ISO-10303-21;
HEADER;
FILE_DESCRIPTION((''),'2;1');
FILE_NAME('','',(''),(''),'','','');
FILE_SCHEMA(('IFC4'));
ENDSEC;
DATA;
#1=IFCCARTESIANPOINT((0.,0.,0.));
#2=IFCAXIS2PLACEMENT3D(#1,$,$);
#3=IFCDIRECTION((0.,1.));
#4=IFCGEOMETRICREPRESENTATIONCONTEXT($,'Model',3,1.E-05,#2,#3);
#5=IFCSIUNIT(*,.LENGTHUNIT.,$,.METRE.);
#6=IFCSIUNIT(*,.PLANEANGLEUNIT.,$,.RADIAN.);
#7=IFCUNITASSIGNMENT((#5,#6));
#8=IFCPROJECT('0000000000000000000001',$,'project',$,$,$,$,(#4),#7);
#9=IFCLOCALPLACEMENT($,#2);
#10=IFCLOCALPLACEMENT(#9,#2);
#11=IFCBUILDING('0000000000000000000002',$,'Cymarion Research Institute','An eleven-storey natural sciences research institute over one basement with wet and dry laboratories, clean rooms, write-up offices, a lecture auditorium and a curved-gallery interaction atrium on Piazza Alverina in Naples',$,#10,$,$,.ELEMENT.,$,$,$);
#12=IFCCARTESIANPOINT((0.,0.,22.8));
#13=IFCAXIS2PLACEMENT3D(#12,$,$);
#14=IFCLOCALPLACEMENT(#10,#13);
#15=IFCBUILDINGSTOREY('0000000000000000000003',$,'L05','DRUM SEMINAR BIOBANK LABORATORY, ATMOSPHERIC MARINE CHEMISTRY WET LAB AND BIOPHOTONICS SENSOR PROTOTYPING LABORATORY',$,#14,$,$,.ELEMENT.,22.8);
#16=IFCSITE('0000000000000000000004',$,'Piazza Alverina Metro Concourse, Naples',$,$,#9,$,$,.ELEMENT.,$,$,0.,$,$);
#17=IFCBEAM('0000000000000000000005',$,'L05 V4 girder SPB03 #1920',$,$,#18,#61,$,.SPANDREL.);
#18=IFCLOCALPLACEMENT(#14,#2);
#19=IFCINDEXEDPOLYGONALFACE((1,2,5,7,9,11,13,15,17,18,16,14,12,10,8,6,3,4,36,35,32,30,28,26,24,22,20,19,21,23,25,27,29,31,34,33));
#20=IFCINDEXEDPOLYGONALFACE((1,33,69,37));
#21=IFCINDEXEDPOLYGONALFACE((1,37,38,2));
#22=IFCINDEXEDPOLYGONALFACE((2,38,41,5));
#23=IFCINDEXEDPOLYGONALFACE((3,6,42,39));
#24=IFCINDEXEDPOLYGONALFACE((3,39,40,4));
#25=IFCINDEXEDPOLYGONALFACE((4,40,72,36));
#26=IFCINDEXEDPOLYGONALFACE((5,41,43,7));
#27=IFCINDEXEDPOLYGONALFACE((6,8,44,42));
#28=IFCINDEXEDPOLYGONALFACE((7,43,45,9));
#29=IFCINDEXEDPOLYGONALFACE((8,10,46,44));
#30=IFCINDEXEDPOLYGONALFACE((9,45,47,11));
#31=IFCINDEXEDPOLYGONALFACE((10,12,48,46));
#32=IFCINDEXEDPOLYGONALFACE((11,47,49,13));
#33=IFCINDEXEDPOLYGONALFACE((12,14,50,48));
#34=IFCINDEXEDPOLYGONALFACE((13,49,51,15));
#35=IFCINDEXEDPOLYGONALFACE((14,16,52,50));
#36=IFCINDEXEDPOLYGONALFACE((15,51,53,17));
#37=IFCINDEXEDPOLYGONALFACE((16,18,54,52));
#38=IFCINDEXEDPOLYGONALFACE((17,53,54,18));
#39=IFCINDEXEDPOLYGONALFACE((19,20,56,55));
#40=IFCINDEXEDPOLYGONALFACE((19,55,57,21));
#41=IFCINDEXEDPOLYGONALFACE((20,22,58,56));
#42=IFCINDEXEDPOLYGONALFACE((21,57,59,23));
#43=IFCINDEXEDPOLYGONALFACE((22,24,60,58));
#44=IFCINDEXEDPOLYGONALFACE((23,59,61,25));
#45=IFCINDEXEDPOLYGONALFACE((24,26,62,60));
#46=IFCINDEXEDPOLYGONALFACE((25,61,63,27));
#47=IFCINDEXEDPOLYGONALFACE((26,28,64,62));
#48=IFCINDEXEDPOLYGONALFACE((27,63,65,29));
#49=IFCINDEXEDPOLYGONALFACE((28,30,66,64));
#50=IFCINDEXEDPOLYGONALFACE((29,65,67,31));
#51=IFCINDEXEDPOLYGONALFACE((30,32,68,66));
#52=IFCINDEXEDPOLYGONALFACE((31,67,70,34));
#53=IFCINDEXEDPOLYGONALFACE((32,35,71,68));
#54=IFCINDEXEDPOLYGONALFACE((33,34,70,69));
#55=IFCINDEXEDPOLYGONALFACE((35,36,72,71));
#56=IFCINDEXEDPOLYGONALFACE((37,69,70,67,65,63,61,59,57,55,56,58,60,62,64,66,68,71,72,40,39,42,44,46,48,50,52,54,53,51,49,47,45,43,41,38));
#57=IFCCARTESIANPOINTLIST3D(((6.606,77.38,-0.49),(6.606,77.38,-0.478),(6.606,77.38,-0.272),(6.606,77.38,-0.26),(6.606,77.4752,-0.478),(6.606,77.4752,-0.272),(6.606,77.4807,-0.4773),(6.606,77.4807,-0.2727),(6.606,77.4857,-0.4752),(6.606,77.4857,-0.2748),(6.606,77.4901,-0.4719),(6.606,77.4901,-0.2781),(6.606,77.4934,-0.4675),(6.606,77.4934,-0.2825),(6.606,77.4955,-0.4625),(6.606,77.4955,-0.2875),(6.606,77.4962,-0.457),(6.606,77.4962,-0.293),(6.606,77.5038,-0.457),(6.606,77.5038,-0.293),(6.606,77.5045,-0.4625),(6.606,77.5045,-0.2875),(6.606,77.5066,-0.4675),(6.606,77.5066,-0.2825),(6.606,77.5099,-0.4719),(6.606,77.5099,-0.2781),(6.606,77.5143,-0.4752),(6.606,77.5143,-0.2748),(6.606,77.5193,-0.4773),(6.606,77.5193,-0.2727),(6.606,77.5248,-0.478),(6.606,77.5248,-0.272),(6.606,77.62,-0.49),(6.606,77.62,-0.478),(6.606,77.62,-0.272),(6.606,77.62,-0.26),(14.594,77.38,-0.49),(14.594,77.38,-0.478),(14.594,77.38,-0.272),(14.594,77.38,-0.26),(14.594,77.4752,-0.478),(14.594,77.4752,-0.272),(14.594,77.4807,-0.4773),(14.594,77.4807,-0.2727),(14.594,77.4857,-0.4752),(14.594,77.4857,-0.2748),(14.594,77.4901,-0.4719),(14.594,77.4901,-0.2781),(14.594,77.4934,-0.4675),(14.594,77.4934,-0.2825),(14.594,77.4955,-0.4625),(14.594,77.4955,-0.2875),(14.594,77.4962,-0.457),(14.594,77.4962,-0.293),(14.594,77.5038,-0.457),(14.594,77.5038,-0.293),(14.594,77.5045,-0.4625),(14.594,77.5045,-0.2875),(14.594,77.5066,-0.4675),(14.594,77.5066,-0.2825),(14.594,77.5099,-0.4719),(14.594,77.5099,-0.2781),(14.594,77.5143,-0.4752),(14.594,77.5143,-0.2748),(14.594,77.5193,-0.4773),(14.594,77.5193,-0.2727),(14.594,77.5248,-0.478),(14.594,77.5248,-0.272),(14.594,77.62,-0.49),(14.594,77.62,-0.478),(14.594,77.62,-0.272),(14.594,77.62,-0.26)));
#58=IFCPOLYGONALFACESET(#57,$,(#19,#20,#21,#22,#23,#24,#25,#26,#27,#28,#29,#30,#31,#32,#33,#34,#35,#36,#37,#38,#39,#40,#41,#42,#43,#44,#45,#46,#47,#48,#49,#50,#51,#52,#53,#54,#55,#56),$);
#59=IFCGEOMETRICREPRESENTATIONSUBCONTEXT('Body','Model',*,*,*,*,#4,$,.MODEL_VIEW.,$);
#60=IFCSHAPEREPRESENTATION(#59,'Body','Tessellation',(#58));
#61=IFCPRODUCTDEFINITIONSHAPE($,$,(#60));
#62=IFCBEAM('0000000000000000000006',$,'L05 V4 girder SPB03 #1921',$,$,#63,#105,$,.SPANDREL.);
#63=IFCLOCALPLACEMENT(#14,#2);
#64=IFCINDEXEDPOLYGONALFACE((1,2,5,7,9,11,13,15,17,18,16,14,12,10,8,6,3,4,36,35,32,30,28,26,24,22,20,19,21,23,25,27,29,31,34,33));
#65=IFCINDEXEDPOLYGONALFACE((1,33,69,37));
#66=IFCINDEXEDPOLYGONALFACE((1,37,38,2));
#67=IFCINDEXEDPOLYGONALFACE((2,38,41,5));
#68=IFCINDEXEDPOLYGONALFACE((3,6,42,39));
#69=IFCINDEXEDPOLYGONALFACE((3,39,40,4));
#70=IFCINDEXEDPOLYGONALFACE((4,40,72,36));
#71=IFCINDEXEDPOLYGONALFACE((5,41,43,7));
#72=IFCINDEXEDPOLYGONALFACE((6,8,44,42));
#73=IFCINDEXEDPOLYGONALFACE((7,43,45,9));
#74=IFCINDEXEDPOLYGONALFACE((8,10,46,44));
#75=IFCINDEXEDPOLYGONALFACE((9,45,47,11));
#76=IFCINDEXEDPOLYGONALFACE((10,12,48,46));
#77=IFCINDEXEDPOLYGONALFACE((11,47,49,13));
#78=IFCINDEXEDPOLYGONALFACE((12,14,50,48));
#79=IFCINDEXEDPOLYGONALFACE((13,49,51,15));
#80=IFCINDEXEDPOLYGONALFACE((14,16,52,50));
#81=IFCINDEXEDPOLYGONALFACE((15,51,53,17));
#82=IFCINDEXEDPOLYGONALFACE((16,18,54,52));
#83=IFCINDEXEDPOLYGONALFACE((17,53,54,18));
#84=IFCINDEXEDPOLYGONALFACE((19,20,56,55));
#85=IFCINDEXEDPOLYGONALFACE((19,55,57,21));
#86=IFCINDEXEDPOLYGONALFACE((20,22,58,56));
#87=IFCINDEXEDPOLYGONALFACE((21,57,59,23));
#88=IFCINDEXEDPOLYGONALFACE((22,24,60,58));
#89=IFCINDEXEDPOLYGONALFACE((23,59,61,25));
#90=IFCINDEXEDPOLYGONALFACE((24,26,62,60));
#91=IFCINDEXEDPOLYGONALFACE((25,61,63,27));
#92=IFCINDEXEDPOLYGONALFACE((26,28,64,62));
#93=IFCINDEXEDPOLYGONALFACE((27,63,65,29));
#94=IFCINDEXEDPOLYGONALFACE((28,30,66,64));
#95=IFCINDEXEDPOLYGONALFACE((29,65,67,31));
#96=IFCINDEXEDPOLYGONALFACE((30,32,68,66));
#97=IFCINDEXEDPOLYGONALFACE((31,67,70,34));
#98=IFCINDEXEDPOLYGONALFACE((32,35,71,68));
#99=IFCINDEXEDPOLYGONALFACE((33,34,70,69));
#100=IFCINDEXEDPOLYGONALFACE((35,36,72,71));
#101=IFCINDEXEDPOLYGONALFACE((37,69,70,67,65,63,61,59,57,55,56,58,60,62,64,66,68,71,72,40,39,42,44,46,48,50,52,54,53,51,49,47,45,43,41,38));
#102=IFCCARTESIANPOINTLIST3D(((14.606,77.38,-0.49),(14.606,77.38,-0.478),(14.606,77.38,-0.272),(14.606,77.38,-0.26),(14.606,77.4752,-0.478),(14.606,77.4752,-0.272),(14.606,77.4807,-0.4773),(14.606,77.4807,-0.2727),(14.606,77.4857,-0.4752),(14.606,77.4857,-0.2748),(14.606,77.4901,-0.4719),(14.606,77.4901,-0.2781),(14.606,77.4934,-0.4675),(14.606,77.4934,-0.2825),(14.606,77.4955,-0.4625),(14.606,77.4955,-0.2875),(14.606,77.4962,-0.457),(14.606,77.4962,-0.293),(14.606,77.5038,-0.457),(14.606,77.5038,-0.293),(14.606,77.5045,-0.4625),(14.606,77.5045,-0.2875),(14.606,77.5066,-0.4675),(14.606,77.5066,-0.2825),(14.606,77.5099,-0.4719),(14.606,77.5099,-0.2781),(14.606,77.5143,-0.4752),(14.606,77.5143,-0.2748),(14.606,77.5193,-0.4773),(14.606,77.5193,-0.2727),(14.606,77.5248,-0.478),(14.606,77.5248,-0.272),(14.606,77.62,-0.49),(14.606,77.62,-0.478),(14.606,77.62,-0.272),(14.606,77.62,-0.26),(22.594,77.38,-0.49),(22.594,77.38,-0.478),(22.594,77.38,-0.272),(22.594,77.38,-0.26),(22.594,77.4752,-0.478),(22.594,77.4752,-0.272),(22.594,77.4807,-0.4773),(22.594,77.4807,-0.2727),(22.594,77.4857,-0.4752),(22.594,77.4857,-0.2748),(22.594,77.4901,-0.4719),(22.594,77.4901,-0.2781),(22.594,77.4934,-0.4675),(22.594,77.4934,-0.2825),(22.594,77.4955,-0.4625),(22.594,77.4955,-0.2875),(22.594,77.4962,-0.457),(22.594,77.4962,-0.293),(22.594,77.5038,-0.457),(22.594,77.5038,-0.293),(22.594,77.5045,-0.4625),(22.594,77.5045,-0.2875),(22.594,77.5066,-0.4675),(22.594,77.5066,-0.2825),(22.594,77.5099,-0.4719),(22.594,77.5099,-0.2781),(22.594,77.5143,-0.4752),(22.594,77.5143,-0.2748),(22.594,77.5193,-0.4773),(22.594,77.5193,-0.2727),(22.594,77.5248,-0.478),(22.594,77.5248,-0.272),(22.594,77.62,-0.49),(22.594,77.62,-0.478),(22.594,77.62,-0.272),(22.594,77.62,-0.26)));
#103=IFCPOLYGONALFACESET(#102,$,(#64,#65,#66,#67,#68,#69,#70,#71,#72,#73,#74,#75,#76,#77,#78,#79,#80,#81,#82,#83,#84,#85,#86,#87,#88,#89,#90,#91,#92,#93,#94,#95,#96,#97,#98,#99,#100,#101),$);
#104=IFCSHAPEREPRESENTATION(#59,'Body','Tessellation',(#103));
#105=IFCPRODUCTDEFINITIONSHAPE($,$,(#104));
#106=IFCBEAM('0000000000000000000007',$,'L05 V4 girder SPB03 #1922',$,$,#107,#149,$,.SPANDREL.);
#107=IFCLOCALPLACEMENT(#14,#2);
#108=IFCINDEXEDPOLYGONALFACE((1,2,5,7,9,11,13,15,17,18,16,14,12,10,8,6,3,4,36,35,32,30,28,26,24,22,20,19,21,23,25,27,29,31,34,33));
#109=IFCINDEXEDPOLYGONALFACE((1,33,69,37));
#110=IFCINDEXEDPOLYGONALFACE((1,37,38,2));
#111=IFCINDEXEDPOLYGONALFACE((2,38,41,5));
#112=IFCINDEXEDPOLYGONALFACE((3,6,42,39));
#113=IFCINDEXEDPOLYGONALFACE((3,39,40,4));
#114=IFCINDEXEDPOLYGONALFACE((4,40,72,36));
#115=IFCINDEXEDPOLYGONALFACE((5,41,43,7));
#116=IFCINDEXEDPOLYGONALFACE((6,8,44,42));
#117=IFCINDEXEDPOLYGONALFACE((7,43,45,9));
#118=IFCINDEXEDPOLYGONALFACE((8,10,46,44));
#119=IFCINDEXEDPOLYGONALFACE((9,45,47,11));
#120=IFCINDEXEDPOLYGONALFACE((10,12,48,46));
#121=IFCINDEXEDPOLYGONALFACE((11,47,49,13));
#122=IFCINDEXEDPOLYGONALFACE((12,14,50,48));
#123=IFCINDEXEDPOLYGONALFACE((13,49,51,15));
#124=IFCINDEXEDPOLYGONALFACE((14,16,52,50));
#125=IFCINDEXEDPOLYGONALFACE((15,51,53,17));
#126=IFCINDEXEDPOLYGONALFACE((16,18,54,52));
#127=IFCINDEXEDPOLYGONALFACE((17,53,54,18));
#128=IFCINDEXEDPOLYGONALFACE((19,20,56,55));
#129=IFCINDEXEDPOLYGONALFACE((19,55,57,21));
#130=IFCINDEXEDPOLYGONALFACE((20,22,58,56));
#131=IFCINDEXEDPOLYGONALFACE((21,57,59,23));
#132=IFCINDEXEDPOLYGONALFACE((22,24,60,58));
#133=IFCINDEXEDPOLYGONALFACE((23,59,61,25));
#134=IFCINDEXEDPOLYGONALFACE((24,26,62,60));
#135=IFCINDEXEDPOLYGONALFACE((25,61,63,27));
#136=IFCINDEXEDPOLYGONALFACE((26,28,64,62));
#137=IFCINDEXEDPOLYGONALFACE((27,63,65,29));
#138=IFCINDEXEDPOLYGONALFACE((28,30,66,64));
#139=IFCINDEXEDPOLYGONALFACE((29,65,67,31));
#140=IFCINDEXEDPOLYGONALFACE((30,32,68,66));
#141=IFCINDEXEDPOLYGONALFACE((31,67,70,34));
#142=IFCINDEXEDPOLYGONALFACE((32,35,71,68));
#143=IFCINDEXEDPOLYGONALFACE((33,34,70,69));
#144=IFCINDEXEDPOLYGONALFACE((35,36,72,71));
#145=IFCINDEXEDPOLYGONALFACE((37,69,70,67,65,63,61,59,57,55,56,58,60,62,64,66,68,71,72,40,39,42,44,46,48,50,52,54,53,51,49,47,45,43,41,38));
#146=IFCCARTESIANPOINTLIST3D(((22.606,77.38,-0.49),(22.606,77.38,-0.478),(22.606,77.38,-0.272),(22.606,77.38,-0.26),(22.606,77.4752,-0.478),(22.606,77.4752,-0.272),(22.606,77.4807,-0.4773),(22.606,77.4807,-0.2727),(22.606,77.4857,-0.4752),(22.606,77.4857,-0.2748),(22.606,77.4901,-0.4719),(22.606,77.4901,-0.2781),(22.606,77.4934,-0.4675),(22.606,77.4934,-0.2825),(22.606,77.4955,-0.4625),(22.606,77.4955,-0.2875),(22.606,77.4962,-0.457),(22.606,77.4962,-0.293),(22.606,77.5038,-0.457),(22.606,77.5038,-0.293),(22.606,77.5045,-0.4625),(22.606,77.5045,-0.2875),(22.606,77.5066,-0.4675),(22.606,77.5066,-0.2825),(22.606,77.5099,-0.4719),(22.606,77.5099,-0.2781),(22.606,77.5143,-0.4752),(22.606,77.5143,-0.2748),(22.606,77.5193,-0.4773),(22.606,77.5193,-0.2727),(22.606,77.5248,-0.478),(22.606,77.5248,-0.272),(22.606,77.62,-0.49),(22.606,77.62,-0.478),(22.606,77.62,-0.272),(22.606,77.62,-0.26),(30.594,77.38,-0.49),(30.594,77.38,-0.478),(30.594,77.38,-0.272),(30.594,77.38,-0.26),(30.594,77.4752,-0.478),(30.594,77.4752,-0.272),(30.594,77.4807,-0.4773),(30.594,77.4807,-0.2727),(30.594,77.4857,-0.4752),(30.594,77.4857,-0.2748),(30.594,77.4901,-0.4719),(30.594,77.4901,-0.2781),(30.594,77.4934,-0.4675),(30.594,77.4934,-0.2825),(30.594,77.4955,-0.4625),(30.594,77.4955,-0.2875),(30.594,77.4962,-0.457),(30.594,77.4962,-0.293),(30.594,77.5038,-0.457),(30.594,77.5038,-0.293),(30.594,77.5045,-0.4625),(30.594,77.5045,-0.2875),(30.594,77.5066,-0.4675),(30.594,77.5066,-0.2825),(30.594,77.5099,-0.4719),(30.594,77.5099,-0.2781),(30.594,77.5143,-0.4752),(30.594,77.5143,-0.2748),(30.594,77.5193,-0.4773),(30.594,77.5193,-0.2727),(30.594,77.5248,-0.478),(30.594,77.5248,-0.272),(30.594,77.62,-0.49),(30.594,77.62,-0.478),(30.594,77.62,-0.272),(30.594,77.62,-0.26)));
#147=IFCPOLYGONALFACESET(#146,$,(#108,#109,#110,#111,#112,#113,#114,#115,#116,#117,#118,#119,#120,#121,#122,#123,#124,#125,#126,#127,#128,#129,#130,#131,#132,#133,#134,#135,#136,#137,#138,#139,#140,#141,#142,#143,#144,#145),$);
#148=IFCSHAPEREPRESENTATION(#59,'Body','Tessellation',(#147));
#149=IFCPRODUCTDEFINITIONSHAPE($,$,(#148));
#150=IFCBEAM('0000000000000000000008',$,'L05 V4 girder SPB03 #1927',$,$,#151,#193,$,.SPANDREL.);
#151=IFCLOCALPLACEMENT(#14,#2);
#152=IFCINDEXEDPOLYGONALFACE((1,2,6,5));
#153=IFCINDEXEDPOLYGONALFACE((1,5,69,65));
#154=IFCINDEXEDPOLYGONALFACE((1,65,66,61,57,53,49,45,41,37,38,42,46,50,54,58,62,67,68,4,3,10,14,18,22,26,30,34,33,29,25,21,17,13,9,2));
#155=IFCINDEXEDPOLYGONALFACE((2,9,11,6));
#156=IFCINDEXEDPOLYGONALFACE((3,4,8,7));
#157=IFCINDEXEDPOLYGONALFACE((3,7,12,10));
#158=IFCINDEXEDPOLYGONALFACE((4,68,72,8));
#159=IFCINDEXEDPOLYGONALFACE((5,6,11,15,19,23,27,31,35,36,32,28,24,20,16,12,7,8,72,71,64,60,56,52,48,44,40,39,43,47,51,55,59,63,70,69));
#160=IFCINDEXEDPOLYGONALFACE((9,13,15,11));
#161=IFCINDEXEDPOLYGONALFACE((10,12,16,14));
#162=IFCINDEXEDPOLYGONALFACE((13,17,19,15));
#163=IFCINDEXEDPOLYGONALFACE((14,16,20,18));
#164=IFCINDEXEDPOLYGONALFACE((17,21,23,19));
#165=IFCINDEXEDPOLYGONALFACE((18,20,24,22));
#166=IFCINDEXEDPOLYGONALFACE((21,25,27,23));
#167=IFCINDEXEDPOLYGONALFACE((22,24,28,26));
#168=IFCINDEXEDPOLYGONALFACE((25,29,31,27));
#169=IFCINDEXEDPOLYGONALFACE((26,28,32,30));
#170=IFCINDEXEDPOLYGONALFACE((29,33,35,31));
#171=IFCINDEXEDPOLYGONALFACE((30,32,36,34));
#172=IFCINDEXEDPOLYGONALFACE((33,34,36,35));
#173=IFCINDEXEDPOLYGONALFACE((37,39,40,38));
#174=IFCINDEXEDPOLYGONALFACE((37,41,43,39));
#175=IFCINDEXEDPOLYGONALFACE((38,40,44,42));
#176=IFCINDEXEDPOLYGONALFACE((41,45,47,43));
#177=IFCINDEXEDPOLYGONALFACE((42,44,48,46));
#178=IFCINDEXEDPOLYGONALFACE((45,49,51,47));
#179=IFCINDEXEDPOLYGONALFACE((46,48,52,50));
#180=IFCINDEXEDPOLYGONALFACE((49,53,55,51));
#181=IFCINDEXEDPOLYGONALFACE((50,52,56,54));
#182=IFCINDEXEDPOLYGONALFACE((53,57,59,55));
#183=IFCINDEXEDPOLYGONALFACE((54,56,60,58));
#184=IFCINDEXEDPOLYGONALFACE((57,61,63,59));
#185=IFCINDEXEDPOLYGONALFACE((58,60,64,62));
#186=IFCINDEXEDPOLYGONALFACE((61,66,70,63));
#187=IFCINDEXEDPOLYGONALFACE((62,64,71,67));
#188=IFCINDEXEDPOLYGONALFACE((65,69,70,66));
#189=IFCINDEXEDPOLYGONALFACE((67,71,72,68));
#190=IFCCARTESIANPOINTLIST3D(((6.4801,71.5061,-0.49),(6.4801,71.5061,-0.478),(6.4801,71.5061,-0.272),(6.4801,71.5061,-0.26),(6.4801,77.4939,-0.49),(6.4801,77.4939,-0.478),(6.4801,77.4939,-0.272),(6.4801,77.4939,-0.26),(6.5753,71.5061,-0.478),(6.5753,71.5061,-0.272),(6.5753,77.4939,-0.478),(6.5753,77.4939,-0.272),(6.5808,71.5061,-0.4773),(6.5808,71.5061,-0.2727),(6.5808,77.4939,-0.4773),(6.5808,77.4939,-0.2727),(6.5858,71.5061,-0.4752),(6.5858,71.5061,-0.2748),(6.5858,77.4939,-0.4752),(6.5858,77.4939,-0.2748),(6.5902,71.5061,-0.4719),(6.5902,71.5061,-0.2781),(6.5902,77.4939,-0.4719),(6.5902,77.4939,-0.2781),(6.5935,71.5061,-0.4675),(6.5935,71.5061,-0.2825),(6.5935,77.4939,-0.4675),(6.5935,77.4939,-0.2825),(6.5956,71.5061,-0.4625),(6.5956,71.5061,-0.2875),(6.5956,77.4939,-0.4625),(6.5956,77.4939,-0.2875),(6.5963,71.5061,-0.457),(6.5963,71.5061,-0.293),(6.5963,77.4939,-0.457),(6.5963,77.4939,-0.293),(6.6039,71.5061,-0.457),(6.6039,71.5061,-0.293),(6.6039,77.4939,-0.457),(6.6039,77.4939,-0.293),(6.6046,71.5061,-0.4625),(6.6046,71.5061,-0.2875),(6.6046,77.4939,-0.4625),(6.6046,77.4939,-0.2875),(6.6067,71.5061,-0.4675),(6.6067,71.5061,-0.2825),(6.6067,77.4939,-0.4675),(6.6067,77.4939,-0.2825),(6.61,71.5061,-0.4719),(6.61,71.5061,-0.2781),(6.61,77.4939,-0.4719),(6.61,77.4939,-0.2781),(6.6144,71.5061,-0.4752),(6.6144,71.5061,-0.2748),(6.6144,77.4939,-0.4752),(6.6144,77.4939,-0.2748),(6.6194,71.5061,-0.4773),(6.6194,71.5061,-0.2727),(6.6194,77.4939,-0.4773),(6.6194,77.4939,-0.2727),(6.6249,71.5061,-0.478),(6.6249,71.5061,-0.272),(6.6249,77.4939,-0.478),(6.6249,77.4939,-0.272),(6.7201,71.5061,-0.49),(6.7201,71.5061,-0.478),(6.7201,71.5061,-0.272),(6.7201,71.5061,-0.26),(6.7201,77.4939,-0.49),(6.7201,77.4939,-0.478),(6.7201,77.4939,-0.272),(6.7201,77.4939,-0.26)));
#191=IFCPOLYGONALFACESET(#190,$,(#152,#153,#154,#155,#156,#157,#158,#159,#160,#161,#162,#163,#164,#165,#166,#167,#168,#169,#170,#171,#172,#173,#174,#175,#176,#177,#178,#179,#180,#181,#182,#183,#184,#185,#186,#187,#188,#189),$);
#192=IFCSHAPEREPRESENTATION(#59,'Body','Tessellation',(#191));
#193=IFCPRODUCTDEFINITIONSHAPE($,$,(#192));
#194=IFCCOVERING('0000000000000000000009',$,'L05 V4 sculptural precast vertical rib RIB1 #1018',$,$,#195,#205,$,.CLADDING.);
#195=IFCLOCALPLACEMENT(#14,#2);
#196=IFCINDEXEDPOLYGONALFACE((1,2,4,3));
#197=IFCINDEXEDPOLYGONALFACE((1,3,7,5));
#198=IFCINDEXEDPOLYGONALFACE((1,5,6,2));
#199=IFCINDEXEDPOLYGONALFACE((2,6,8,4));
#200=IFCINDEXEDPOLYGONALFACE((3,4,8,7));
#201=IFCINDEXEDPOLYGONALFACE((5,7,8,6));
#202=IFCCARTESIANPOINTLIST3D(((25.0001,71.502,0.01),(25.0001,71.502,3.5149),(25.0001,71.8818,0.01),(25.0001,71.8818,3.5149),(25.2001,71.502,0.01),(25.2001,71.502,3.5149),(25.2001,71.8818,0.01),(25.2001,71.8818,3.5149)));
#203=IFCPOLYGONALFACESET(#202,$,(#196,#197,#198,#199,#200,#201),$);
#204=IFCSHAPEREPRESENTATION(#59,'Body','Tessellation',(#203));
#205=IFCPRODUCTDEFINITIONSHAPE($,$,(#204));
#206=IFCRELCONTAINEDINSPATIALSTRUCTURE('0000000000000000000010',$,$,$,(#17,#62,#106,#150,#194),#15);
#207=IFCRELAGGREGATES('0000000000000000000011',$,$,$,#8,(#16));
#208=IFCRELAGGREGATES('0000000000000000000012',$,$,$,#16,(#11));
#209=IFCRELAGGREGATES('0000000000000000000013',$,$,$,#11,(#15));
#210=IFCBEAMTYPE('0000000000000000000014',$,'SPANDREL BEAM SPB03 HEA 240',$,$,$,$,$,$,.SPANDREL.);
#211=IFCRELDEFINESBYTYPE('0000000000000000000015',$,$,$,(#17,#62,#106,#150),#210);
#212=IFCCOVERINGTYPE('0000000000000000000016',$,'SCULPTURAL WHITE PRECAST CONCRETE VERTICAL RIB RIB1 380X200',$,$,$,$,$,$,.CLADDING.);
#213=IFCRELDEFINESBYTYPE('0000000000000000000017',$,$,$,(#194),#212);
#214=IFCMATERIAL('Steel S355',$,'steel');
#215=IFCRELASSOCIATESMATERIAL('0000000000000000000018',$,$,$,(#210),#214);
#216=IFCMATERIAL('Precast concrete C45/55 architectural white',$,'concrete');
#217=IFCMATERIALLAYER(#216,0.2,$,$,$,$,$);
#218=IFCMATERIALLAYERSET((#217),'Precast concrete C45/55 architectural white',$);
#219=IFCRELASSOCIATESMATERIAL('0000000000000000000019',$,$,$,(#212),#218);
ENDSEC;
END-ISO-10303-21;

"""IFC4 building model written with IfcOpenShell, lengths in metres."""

from ifc_helpers import new_model, si_unit, direction, frame, origin, origin_2d, place, context, subcontext, project, spatial, rectangle, i_section, extrude, material, layer, layer_set, material_profile, profile_set, type_object, element, save


model = new_model("IFC4")

# Units and contexts
model_context = context("Model", 3, precision=1e-05, world=origin(), true_north=direction((0.0, 1.0)))
body_context = subcontext(model_context, "Body", "Model", "MODEL_VIEW")
ifc_project = project(units=[si_unit("LENGTHUNIT", "METRE"), si_unit("PLANEANGLEUNIT", "RADIAN")], contexts=[model_context])

# Site, building, storey
site_placement = place(None, origin())
site = spatial("IfcSite", under=ifc_project, at=site_placement, Name="Piazza Alverina Metro Concourse, Naples", CompositionType="ELEMENT", RefElevation=0.0)
building_placement = place(site_placement, origin())
building = spatial("IfcBuilding", under=site, at=building_placement, Name="Cymarion Research Institute", Description="An eleven-storey natural sciences research institute over one basement with wet and dry laboratories, clean rooms, write-up offices, a lecture auditorium and a curved-gallery interaction atrium on Piazza Alverina in Naples", CompositionType="ELEMENT")
storey_placement = place(building_placement, frame((0.0, 0.0, 22.8)))
storey = spatial("IfcBuildingStorey", under=building, at=storey_placement, Name="L05", Description="DRUM SEMINAR BIOBANK LABORATORY, ATMOSPHERIC MARINE CHEMISTRY WET LAB AND BIOPHOTONICS SENSOR PROTOTYPING LABORATORY", CompositionType="ELEMENT", Elevation=22.8)

# Shared definitions
ifc_material_1 = material(Name="Steel S355", Category="steel")

# Beams
ifc_material_profile_1 = material_profile(ifc_material_1, i_section(OverallWidth=0.24, OverallDepth=0.23, WebThickness=0.0076, FlangeThickness=0.012, FilletRadius=0.021, at=origin_2d()), Name="HEA 240")
ifc_profile_set_1 = profile_set([ifc_material_profile_1], Name="Steel S355")
beam_type_1 = type_object("IfcBeamType", Name="SPANDREL BEAM SPB03 HEA 240", PredefinedType="SPANDREL", material=ifc_profile_set_1)
for number, where, z_axis, x_axis, name in (
    (1, (6.606, 77.5, -0.375), (1.0, 0.0, 0.0), (0.0, 1.0, 0.0), "L05 V4 girder SPB03 #1920"),
    (2, (14.606, 77.5, -0.375), (1.0, 0.0, 0.0), (0.0, 1.0, 0.0), "L05 V4 girder SPB03 #1921"),
    (3, (22.606, 77.5, -0.375), (1.0, 0.0, 0.0), (0.0, 1.0, 0.0), "L05 V4 girder SPB03 #1922"),
):
    element("IfcBeam", number, at=place(storey_placement, frame(where, z_axis=z_axis, x_axis=x_axis)), inside=storey, type_object=beam_type_1, Name=name, PredefinedType="SPANDREL", context=body_context, shape_type="SweptSolid", body=[
        extrude(i_section(OverallWidth=0.24, OverallDepth=0.23, WebThickness=0.0076, FlangeThickness=0.012, FilletRadius=0.021, at=origin_2d()), origin(), (0.0, 0.0, 1.0), 7.988),
    ])
beam_placement = place(storey_placement, frame((6.6001, 71.5061, -0.375), z_axis=(0.0, 1.0, 0.0), x_axis=(-1.0, 0.0, 0.0)))
element("IfcBeam", 4, at=beam_placement, inside=storey, type_object=beam_type_1, Name="L05 V4 girder SPB03 #1927", PredefinedType="SPANDREL", context=body_context, shape_type="SweptSolid", body=[
    extrude(i_section(OverallWidth=0.24, OverallDepth=0.23, WebThickness=0.0076, FlangeThickness=0.012, FilletRadius=0.021, at=origin_2d()), origin(), (0.0, 0.0, 1.0), 5.9878),
])

# Covering
ifc_material_2 = material(Name="Precast concrete C45/55 architectural white", Category="concrete")
ifc_layer = layer(ifc_material_2, 0.2)
ifc_layer_set = layer_set([ifc_layer], Name="Precast concrete C45/55 architectural white")
covering_type = type_object("IfcCoveringType", Name="SCULPTURAL WHITE PRECAST CONCRETE VERTICAL RIB RIB1 380X200", PredefinedType="CLADDING", material=ifc_layer_set)
for number, where, z_axis, x_axis, name in (
    (5, (25.1001, 71.6919, 0.01), (0.0, 0.0, 1.0), (0.0, 1.0, 0.0), "L05 V4 sculptural precast vertical rib RIB1 #1018"),
):
    element("IfcCovering", number, at=place(storey_placement, frame(where, z_axis=z_axis, x_axis=x_axis)), inside=storey, type_object=covering_type, Name=name, PredefinedType="CLADDING", context=body_context, shape_type="SweptSolid", body=[
        extrude(rectangle(XDim=0.3799, YDim=0.2, at=origin_2d()), origin(), (0.0, 0.0, 1.0), 3.5049),
    ])

save(model, "model.ifc")
